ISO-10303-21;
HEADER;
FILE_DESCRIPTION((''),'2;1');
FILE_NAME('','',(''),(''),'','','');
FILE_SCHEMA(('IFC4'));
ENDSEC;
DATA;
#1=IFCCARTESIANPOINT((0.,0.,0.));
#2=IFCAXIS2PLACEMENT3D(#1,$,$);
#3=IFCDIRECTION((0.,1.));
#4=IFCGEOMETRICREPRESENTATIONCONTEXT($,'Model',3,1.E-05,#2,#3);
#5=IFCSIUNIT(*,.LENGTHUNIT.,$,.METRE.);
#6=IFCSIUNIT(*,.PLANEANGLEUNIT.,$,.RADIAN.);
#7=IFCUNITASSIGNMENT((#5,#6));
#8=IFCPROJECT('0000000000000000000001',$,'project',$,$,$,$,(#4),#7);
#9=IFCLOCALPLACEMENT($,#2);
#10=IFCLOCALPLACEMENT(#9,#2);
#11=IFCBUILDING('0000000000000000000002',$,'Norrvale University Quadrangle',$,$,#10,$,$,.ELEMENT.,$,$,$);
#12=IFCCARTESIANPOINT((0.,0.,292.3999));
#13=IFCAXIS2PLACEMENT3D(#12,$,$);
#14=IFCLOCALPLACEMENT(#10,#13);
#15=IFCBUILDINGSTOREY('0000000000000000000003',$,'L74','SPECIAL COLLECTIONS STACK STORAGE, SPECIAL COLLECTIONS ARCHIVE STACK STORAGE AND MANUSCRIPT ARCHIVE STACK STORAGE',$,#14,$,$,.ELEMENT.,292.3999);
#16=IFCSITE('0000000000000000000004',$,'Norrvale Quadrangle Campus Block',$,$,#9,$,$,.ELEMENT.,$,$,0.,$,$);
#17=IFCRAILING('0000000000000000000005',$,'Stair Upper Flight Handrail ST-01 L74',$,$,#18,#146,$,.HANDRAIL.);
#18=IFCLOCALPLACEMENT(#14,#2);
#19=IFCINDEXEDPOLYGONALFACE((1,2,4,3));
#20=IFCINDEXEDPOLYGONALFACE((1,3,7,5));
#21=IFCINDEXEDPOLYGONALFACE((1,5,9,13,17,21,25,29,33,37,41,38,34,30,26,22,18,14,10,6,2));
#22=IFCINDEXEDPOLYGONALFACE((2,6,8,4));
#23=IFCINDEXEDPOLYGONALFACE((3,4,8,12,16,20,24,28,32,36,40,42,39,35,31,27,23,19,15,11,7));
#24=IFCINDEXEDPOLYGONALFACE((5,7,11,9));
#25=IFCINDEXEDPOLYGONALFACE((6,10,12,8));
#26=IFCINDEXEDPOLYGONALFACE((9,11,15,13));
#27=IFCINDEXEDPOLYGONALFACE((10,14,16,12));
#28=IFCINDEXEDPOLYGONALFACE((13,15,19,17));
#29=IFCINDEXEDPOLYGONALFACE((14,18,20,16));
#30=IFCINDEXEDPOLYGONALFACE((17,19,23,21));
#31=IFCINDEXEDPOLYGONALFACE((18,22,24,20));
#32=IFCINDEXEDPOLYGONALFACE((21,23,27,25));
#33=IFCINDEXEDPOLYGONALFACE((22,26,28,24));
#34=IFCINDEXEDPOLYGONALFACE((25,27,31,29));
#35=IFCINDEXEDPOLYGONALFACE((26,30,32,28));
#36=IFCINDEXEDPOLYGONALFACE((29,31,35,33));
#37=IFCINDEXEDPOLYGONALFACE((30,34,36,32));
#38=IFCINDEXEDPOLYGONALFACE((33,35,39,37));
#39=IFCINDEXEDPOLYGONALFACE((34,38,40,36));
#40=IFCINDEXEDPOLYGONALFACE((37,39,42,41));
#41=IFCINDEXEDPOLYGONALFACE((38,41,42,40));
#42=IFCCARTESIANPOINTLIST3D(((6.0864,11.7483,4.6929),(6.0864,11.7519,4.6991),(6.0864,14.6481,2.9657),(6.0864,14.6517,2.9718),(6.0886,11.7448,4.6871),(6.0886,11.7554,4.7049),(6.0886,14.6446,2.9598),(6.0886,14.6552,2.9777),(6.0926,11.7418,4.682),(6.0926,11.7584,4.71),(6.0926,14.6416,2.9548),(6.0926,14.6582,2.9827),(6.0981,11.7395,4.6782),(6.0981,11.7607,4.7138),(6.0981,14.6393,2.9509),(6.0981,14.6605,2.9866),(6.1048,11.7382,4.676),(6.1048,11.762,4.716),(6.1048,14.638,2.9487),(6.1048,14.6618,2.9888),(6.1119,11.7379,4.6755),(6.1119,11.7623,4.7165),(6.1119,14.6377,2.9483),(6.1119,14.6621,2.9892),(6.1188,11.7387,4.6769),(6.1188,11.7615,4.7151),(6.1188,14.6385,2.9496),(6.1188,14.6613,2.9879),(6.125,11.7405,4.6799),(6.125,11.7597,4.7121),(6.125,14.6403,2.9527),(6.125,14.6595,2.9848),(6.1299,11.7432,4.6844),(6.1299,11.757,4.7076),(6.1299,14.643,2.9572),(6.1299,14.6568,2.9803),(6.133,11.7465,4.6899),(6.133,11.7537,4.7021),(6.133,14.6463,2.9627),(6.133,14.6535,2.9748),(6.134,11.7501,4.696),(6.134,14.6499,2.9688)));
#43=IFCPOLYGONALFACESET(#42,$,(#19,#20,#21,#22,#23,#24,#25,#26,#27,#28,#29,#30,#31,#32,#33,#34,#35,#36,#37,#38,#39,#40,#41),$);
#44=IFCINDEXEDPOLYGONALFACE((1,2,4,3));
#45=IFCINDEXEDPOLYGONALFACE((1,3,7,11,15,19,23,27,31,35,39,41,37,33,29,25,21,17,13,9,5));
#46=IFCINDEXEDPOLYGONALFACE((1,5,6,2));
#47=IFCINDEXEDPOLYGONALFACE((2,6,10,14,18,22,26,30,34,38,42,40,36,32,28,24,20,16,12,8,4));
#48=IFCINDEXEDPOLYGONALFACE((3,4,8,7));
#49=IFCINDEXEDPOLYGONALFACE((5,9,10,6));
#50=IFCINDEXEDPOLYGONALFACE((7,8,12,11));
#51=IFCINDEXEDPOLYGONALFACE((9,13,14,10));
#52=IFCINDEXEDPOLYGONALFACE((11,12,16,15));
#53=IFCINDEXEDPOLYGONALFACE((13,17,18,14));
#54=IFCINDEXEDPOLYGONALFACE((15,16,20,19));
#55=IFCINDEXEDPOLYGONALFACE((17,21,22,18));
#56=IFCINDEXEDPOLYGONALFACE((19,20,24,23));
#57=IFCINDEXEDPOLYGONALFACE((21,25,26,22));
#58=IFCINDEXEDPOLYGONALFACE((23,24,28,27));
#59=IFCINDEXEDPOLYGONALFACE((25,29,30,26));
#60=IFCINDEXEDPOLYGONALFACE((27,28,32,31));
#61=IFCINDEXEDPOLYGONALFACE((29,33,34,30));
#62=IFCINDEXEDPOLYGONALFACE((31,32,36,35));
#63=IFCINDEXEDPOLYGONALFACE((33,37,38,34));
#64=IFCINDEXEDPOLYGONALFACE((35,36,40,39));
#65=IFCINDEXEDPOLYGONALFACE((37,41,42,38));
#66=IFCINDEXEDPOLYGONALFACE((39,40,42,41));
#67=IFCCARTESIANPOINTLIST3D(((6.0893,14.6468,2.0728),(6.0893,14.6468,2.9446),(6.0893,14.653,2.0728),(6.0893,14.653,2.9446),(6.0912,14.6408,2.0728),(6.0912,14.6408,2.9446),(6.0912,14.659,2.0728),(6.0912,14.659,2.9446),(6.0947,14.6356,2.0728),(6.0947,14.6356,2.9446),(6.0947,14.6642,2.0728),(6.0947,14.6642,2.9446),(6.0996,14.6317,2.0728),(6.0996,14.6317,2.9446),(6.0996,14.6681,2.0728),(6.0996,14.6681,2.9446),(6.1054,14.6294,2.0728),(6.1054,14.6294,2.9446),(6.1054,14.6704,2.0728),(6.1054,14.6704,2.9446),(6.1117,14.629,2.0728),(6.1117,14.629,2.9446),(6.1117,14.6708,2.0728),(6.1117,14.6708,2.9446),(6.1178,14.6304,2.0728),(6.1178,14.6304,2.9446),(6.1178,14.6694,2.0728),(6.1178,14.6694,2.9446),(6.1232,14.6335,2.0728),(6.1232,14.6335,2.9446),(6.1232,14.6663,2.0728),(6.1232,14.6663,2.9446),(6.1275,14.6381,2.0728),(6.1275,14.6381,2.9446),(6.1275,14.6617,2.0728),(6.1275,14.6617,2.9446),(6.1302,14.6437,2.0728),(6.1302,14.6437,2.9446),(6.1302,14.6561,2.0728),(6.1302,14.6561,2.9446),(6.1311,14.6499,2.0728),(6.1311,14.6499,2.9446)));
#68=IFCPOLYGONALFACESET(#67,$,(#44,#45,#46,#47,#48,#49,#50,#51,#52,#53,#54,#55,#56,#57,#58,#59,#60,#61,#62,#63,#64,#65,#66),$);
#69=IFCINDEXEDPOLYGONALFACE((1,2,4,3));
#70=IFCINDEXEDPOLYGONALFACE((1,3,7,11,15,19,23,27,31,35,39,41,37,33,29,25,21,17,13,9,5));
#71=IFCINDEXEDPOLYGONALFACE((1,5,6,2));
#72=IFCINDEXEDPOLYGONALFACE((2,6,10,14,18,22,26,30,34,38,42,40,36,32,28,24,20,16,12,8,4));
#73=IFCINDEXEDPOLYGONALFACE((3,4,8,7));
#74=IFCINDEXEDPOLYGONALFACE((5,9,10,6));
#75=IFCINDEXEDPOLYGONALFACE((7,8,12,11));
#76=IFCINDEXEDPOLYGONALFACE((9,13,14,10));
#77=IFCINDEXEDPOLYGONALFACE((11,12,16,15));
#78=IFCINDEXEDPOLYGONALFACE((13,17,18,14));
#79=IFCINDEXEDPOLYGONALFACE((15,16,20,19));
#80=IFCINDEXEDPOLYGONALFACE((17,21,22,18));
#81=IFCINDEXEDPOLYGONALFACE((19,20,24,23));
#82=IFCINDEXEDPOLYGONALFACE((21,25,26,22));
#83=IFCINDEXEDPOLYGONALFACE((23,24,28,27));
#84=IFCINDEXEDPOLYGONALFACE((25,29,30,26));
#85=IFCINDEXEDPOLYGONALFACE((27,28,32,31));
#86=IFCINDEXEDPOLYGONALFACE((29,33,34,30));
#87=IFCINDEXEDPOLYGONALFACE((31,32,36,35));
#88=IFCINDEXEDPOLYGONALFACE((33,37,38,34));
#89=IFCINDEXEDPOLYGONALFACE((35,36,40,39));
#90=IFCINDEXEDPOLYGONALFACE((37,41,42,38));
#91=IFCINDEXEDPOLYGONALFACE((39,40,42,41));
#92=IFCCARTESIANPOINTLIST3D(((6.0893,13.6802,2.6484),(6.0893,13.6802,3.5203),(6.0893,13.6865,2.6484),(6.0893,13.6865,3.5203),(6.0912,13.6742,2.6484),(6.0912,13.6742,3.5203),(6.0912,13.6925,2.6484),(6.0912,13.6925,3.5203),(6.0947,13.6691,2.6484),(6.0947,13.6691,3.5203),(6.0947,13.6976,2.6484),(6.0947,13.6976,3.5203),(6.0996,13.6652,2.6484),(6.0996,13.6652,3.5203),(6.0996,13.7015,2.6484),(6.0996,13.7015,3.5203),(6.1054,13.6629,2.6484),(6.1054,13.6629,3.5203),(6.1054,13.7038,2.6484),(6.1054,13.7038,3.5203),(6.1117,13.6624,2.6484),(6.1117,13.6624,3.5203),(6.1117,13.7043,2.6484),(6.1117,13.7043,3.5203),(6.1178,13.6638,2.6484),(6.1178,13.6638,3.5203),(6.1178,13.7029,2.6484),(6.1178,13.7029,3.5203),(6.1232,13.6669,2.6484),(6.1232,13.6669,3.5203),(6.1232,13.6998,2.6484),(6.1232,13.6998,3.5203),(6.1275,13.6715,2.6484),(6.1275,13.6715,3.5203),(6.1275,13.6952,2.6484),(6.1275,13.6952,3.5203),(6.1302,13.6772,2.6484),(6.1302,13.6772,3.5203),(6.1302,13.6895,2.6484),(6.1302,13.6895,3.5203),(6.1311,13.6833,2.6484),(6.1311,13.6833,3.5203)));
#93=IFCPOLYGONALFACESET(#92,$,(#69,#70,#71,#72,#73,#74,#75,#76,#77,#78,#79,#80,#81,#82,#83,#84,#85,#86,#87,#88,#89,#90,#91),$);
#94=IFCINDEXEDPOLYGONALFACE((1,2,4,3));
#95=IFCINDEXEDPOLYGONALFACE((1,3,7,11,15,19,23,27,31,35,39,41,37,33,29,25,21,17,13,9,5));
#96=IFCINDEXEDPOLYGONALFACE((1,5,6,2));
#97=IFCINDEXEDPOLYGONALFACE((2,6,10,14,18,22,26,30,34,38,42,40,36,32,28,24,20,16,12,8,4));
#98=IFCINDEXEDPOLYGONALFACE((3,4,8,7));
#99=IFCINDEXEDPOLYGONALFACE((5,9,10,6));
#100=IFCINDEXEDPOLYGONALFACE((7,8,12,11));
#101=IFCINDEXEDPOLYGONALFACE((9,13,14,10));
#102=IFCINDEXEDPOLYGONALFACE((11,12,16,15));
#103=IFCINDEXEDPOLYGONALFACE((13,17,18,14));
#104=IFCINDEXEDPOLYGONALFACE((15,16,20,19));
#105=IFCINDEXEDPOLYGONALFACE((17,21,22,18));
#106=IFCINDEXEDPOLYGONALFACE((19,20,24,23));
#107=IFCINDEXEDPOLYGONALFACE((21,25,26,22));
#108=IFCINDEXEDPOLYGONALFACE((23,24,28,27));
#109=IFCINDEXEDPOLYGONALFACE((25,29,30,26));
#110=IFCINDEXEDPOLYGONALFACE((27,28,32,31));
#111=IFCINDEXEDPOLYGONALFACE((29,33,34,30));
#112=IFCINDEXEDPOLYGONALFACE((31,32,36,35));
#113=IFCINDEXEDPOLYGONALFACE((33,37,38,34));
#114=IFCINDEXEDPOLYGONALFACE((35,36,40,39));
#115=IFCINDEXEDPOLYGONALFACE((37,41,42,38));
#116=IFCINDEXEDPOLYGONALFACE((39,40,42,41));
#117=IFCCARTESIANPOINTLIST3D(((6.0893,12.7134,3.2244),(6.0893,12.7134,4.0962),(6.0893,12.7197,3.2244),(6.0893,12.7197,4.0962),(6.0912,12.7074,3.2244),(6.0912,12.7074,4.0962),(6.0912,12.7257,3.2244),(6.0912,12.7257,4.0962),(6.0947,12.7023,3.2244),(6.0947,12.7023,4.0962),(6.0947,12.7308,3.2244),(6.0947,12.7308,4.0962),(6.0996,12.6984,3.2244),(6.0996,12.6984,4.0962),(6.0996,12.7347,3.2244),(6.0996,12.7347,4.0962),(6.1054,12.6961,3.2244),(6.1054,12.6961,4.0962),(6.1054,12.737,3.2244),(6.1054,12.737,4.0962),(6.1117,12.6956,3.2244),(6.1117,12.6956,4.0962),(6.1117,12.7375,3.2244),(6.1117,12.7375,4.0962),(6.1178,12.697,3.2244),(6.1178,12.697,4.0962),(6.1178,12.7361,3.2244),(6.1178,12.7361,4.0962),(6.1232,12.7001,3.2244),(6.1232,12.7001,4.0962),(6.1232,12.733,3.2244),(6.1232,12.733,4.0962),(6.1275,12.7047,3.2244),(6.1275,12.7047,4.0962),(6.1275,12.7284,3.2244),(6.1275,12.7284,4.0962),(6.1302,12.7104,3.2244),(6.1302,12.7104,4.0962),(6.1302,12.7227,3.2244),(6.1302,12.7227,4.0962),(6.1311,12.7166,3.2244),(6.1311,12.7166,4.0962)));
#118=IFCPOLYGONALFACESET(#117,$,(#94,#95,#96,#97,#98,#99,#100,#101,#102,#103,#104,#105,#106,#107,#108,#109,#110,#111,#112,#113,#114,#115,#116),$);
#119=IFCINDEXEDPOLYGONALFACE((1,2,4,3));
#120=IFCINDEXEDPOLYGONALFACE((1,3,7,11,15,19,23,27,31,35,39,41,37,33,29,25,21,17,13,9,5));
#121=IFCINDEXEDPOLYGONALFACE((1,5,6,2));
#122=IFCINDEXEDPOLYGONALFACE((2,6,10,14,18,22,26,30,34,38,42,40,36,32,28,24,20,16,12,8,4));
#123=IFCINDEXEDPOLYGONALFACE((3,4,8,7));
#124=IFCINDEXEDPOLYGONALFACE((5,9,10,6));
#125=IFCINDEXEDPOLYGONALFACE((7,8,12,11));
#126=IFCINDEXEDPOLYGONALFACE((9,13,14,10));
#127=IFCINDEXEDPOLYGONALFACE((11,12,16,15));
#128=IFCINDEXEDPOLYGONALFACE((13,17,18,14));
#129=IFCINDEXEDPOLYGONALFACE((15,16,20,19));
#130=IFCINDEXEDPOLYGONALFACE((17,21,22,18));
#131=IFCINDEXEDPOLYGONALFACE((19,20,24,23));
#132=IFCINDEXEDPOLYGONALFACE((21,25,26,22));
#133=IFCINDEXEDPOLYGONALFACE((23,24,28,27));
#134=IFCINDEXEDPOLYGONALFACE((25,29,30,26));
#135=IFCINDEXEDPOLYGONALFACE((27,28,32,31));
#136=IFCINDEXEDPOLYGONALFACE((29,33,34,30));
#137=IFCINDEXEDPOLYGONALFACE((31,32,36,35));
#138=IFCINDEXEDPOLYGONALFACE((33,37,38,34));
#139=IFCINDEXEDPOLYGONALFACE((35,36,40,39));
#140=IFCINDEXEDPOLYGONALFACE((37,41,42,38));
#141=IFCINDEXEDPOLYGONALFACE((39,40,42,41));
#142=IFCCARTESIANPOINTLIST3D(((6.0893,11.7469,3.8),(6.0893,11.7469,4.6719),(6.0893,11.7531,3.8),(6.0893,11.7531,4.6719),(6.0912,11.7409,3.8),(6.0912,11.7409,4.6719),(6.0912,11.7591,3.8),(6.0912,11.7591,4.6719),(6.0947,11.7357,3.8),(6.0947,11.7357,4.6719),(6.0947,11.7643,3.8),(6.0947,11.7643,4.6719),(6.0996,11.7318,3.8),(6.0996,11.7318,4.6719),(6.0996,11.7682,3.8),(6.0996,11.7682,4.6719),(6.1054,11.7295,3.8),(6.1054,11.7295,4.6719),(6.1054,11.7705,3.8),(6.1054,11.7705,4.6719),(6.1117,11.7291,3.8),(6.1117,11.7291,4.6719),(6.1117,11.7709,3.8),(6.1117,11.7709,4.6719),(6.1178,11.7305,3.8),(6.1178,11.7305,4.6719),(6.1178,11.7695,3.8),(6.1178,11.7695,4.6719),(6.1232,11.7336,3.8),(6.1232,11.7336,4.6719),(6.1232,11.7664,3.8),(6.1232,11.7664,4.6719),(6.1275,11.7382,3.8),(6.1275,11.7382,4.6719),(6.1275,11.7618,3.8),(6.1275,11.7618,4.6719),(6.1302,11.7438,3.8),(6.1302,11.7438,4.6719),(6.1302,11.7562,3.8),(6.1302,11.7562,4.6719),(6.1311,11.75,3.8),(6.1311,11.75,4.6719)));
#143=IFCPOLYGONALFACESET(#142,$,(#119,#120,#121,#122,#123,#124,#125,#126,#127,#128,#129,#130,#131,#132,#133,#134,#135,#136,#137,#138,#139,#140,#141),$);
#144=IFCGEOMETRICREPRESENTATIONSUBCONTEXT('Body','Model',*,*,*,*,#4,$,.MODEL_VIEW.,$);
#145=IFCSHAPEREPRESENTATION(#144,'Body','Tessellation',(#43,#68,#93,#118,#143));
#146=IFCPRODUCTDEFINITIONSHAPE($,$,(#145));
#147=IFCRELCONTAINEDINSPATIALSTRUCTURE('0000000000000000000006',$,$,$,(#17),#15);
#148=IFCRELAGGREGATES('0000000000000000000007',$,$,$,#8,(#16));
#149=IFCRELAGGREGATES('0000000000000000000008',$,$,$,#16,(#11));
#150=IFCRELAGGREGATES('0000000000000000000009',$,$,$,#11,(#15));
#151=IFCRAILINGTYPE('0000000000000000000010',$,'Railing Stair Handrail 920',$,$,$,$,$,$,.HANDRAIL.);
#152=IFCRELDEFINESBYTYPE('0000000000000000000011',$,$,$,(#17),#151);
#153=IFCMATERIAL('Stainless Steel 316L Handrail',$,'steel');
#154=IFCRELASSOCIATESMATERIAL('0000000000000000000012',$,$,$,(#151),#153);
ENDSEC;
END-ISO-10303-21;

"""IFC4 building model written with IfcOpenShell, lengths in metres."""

from ifc_helpers import new_model, si_unit, direction, frame, origin, origin_2d, place, context, subcontext, project, spatial, circle, extrude, material, type_object, element, save


model = new_model("IFC4")

# Units and contexts
model_context = context("Model", 3, precision=1e-05, world=origin(), true_north=direction((0.0, 1.0)))
body_context = subcontext(model_context, "Body", "Model", "MODEL_VIEW")
ifc_project = project(units=[si_unit("LENGTHUNIT", "METRE"), si_unit("PLANEANGLEUNIT", "RADIAN")], contexts=[model_context])

# Site, building, storey
site_placement = place(None, origin())
site = spatial("IfcSite", under=ifc_project, at=site_placement, Name="Norrvale Quadrangle Campus Block", CompositionType="ELEMENT", RefElevation=0.0)
building_placement = place(site_placement, origin())
building = spatial("IfcBuilding", under=site, at=building_placement, Name="Norrvale University Quadrangle", CompositionType="ELEMENT")
storey_placement = place(building_placement, frame((0.0, 0.0, 292.3999)))
storey = spatial("IfcBuildingStorey", under=building, at=storey_placement, Name="L74", Description="SPECIAL COLLECTIONS STACK STORAGE, SPECIAL COLLECTIONS ARCHIVE STACK STORAGE AND MANUSCRIPT ARCHIVE STACK STORAGE", CompositionType="ELEMENT", Elevation=292.3999)

# Railing
ifc_material_1 = material(Name="Stainless Steel 316L Handrail", Category="steel")
railing_type_1 = type_object("IfcRailingType", Name="Railing Stair Handrail 920", PredefinedType="HANDRAIL", material=ifc_material_1)
railing_1_placement = place(storey_placement, frame((6.1101, 14.6499, 2.0728)))
element("IfcRailing", 1, at=railing_1_placement, inside=storey, type_object=railing_type_1, Name="Stair Upper Flight Handrail ST-01 L74", PredefinedType="HANDRAIL", context=body_context, shape_type="SweptSolid", body=[
    extrude(circle(Radius=0.0239, at=origin_2d()), frame((0.0, 0.0, 0.896), z_axis=(0.0, -0.859141, 0.511738), x_axis=(1.0, 0.0, 0.0)), (0.0, 0.0, 1.0), 3.3752),
    extrude(circle(Radius=0.021, at=origin_2d()), origin(), (0.0, 0.0, 1.0), 0.8718),
    extrude(circle(Radius=0.021, at=origin_2d()), frame((0.0, -0.9666, 0.5757)), (0.0, 0.0, 1.0), 0.8718),
    extrude(circle(Radius=0.021, at=origin_2d()), frame((0.0, -1.9333, 1.1516)), (0.0, 0.0, 1.0), 0.8718),
    extrude(circle(Radius=0.021, at=origin_2d()), frame((0.0, -2.8999, 1.7273)), (0.0, 0.0, 1.0), 0.8718),
])

save(model, "model.ifc")
